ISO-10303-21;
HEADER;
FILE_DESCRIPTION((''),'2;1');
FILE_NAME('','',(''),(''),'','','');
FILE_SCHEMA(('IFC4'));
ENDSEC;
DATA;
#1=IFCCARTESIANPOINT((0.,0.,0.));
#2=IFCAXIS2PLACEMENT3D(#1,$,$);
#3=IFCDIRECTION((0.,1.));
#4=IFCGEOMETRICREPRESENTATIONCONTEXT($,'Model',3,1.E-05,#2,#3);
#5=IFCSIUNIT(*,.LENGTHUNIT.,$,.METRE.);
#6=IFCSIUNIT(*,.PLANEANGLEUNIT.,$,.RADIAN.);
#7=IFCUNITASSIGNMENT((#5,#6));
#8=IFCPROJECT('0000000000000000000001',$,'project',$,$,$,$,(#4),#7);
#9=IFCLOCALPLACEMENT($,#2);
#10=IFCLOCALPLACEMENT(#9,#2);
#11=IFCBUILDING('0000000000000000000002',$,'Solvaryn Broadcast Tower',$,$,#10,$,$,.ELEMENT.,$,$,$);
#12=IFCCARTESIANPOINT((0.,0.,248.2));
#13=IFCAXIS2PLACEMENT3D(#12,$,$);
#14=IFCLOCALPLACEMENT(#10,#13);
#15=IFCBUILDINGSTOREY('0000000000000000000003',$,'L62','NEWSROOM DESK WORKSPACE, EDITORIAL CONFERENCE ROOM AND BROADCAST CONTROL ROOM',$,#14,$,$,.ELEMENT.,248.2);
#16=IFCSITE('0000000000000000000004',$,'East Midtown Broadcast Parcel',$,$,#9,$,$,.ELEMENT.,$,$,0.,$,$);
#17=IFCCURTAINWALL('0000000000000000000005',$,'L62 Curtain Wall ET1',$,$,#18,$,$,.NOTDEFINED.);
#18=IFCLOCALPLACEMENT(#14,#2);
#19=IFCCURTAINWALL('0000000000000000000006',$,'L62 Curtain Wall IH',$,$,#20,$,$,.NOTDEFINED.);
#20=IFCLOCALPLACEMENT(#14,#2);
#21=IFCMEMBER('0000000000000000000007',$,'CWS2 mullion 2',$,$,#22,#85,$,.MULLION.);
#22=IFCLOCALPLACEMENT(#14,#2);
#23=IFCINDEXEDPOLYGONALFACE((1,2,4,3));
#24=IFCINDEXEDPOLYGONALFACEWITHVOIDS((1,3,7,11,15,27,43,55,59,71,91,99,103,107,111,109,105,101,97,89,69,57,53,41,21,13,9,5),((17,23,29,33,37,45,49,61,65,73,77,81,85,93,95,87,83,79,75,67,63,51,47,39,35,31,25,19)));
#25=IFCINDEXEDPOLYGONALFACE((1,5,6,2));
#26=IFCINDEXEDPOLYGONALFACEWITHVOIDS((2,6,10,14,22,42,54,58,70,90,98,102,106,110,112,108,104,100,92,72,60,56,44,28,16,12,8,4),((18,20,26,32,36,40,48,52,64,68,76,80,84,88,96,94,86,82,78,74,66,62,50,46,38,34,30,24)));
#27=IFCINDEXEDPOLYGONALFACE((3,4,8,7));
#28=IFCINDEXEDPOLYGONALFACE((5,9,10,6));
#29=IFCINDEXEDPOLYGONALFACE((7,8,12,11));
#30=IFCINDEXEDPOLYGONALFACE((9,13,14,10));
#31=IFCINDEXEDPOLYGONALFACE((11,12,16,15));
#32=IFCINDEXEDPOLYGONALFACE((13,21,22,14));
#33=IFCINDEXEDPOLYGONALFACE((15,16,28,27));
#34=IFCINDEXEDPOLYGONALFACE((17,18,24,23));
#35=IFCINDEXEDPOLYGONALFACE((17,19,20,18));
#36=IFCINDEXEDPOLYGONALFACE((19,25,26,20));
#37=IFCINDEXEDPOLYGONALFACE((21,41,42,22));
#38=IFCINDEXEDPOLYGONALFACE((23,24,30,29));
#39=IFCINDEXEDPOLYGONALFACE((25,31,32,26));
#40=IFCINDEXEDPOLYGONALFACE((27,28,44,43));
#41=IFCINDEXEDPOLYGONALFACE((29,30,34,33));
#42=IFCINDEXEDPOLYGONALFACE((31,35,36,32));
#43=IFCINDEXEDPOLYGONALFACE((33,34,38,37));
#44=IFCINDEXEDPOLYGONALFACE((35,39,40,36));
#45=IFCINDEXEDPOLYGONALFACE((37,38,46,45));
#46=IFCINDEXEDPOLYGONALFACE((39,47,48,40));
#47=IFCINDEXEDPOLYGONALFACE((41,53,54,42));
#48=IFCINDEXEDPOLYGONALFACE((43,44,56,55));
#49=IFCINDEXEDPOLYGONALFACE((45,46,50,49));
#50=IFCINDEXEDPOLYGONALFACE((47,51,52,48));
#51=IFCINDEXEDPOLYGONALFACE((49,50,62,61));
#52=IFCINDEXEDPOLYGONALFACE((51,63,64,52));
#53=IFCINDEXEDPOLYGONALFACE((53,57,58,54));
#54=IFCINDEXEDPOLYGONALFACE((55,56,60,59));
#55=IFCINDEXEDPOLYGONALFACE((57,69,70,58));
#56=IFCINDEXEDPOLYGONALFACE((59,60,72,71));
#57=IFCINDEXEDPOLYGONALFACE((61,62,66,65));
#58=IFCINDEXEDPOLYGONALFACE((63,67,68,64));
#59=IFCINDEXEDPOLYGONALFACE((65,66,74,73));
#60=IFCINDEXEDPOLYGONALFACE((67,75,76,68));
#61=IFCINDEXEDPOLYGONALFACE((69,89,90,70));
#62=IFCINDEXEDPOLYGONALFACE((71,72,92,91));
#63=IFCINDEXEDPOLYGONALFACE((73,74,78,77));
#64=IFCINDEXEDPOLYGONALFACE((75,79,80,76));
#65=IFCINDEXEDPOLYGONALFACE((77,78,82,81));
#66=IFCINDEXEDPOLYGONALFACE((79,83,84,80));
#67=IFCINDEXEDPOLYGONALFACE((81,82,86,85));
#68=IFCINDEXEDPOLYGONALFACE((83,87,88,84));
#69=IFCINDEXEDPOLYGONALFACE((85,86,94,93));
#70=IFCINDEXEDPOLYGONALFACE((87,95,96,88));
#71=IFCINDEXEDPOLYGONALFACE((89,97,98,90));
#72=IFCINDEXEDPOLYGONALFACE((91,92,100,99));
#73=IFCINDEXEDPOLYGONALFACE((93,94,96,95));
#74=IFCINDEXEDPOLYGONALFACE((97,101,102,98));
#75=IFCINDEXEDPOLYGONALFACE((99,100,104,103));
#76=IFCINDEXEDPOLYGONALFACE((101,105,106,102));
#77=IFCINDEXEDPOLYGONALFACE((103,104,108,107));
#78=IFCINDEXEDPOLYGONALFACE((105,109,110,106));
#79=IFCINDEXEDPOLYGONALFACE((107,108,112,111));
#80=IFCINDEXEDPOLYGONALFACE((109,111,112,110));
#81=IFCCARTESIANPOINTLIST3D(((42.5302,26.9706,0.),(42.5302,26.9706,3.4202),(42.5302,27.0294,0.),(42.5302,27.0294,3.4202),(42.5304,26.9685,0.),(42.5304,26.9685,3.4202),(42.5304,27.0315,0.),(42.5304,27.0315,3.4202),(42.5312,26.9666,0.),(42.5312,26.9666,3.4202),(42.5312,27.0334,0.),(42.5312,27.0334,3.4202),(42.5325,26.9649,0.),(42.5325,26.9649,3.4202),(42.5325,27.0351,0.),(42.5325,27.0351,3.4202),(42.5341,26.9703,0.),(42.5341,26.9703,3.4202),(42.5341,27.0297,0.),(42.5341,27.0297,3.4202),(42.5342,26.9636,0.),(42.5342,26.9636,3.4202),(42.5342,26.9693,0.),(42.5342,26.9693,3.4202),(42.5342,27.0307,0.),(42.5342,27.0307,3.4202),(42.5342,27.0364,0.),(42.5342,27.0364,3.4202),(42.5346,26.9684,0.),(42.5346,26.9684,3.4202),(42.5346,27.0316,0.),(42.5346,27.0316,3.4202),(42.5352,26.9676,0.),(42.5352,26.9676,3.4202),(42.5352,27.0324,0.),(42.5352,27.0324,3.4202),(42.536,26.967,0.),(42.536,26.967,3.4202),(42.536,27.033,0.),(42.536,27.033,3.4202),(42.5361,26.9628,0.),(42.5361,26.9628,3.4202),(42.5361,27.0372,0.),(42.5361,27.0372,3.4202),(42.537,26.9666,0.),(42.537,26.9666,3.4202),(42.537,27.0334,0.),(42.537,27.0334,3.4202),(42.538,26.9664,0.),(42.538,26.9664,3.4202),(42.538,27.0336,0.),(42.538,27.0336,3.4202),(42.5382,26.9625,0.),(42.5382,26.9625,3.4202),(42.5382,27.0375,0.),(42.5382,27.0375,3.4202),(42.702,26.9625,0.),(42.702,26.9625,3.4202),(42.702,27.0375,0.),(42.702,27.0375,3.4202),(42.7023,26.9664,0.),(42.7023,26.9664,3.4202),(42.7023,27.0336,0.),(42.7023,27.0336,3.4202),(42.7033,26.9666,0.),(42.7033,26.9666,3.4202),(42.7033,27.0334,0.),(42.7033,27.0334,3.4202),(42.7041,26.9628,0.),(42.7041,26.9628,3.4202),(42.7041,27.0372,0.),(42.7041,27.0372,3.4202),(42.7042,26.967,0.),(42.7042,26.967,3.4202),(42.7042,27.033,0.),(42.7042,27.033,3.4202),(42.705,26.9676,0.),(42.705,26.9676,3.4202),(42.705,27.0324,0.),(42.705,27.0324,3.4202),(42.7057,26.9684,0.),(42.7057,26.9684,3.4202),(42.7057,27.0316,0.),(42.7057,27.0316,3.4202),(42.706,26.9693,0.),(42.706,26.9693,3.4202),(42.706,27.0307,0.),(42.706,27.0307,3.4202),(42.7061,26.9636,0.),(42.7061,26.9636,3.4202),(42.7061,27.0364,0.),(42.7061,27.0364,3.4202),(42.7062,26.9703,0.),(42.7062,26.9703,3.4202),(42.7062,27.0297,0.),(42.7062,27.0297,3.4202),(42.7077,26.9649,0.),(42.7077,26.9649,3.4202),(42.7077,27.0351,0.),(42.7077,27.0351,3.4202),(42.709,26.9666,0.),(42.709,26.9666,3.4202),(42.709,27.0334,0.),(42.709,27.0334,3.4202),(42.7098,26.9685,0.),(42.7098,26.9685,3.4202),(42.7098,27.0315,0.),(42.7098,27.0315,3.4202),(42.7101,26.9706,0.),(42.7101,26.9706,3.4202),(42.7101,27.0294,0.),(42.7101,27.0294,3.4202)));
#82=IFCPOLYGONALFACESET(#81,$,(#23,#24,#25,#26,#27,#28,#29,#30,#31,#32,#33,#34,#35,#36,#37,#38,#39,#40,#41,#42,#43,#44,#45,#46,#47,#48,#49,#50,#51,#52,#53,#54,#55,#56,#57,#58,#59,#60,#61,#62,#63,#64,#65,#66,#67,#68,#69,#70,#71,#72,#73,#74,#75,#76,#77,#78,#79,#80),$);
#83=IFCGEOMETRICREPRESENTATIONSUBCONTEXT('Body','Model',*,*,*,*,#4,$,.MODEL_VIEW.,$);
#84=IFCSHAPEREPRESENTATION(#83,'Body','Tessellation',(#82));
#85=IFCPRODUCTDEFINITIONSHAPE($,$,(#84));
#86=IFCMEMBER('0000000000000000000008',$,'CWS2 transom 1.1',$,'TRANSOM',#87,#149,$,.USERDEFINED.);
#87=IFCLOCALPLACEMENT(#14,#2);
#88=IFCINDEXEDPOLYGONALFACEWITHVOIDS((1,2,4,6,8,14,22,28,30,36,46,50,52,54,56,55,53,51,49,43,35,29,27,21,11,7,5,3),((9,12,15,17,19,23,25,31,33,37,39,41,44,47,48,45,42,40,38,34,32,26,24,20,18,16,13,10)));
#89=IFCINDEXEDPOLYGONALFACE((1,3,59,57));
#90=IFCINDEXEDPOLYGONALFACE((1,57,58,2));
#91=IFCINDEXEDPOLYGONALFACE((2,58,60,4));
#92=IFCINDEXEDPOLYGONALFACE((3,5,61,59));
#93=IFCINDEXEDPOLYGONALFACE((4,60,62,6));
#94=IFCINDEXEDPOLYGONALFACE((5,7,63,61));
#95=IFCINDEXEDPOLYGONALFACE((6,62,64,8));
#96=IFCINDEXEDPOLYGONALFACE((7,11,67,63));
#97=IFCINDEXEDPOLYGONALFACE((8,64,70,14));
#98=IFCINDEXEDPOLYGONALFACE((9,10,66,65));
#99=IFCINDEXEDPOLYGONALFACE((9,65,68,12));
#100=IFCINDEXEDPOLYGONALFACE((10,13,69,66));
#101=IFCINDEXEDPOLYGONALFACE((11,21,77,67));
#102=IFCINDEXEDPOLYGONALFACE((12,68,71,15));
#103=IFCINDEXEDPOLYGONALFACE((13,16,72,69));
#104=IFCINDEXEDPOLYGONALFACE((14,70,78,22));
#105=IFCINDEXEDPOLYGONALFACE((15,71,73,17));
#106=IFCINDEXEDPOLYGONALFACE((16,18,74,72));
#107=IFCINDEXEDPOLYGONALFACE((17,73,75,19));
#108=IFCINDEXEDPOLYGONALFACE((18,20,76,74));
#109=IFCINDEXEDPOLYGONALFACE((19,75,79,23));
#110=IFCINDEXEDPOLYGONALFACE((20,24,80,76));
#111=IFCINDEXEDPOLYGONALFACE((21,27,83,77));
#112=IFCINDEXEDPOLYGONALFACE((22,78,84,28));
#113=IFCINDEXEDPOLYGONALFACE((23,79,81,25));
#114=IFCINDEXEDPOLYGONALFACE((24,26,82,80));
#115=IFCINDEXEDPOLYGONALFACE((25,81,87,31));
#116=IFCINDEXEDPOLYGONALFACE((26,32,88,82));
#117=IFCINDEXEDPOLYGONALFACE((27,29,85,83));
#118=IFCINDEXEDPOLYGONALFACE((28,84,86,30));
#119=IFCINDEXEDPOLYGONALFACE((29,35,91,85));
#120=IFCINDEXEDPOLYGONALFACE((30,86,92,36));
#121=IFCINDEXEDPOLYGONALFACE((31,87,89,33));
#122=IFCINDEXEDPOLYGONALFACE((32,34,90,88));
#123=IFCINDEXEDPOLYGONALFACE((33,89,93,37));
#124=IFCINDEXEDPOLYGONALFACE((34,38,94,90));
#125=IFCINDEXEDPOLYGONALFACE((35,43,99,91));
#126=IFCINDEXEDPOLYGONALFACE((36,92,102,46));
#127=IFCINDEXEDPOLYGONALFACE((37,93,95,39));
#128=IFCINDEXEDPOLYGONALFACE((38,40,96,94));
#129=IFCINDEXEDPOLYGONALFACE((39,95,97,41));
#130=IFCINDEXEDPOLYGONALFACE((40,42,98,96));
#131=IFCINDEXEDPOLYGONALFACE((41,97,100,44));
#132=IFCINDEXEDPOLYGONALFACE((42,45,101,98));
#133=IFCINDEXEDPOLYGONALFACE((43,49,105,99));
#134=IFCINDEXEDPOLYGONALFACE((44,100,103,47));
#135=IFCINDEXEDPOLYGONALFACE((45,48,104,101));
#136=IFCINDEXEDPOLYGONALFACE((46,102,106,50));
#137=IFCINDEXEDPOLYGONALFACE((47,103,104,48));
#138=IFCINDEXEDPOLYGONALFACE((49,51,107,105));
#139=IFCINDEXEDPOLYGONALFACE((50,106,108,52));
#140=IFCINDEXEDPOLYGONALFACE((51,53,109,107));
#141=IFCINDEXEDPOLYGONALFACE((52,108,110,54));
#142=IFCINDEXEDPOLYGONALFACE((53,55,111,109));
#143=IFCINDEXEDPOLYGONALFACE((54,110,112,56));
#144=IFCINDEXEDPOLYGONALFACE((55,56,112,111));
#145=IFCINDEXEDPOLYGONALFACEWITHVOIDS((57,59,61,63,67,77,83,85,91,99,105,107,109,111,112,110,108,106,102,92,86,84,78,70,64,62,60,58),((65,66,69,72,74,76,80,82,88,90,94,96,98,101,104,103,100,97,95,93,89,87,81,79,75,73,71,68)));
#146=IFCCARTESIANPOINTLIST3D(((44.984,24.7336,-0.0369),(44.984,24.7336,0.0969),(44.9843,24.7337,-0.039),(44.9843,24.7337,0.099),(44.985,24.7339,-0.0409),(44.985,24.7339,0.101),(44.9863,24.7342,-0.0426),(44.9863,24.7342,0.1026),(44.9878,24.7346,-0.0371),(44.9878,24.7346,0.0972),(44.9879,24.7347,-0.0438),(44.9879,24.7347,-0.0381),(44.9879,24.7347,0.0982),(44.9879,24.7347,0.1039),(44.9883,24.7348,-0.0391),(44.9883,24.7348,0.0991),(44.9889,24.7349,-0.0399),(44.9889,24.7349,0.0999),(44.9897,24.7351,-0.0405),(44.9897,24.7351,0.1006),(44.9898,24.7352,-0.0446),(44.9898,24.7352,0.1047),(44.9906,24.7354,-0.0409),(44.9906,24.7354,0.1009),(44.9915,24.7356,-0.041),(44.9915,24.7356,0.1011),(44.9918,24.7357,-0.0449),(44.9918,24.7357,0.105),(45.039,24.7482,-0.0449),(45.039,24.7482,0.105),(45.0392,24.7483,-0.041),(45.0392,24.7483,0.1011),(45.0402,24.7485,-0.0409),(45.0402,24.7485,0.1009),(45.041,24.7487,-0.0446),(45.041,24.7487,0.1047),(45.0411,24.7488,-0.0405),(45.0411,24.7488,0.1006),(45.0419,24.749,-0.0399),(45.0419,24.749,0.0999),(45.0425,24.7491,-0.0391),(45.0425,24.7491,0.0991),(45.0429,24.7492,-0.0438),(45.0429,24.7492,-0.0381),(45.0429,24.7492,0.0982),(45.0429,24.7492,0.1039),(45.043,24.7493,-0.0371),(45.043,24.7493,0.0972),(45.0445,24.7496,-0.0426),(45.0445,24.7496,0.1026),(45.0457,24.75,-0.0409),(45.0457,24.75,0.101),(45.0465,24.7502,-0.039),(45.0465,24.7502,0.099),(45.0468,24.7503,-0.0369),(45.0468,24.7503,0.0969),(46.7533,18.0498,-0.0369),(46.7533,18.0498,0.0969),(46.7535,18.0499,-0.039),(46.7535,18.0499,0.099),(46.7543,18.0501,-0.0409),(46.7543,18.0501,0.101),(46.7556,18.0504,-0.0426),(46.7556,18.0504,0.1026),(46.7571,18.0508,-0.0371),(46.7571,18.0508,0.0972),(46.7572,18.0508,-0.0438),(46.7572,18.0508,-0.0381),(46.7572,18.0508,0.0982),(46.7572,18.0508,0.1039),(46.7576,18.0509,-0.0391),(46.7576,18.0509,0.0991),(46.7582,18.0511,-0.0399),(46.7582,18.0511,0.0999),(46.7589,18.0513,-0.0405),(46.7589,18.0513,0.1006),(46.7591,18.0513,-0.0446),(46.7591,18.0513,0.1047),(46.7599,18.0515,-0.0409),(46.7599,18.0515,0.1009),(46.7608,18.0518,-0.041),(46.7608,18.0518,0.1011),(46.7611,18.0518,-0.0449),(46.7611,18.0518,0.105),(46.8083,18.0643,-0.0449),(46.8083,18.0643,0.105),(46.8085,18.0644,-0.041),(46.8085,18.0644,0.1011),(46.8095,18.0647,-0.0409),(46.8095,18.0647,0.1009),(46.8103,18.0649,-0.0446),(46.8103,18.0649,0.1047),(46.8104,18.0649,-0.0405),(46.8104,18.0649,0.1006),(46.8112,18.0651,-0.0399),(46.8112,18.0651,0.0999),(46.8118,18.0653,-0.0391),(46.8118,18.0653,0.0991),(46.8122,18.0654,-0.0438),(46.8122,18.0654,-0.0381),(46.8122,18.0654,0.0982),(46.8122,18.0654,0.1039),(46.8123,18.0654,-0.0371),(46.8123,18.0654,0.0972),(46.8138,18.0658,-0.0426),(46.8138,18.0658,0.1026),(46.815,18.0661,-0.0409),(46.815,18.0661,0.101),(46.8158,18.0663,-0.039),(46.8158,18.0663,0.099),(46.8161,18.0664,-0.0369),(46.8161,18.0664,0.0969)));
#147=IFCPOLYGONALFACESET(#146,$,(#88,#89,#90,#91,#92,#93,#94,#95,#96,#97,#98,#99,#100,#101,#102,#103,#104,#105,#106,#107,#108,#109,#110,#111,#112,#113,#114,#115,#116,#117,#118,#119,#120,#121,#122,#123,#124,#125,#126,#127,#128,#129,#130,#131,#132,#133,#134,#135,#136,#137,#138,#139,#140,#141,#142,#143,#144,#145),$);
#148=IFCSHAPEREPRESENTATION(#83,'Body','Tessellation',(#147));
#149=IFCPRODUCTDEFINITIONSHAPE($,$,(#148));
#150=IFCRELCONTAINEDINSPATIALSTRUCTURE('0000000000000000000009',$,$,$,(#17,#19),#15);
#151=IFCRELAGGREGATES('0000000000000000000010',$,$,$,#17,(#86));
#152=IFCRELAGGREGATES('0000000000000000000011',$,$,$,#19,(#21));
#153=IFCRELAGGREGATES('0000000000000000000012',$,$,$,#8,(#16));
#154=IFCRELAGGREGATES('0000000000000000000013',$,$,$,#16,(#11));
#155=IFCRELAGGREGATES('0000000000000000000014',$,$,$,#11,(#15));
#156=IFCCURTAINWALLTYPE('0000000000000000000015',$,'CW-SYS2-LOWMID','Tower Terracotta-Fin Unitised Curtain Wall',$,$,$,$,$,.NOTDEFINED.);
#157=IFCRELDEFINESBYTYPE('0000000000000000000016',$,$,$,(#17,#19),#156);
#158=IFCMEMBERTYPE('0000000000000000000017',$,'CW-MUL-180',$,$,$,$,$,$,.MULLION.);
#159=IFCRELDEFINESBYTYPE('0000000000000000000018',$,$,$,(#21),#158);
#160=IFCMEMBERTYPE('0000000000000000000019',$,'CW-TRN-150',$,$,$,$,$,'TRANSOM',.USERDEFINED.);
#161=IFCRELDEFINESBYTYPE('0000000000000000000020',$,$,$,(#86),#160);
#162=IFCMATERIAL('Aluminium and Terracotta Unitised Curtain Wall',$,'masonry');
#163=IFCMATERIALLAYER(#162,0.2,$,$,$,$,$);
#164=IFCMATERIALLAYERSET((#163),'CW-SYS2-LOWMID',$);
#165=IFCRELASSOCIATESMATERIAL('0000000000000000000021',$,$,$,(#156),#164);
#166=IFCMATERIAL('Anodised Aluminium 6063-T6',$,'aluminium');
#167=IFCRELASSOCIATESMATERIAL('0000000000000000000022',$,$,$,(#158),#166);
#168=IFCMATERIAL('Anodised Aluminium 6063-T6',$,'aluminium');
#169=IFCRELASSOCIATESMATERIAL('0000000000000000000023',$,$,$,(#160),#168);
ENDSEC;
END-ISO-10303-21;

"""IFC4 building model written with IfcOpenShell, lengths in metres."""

from ifc_helpers import new_model, si_unit, direction, frame, origin, origin_2d, place, context, subcontext, project, spatial, hollow_rectangle, extrude, material, layer, layer_set, material_profile, profile_set, type_object, element, aggregate, save


model = new_model("IFC4")

# Units and contexts
model_context = context("Model", 3, precision=1e-05, world=origin(), true_north=direction((0.0, 1.0)))
body_context = subcontext(model_context, "Body", "Model", "MODEL_VIEW")
ifc_project = project(units=[si_unit("LENGTHUNIT", "METRE"), si_unit("PLANEANGLEUNIT", "RADIAN")], contexts=[model_context])

# Site, building, storey
site_placement = place(None, origin())
site = spatial("IfcSite", under=ifc_project, at=site_placement, Name="East Midtown Broadcast Parcel", CompositionType="ELEMENT", RefElevation=0.0)
building_placement = place(site_placement, origin())
building = spatial("IfcBuilding", under=site, at=building_placement, Name="Solvaryn Broadcast Tower", CompositionType="ELEMENT")
storey_placement = place(building_placement, frame((0.0, 0.0, 248.2)))
storey = spatial("IfcBuildingStorey", under=building, at=storey_placement, Name="L62", Description="NEWSROOM DESK WORKSPACE, EDITORIAL CONFERENCE ROOM AND BROADCAST CONTROL ROOM", CompositionType="ELEMENT", Elevation=248.2)

# Curtain wall
ifc_material_1 = material(Name="Aluminium and Terracotta Unitised Curtain Wall", Category="masonry")
ifc_layer_1 = layer(ifc_material_1, 0.2)
ifc_layer_set_1 = layer_set([ifc_layer_1], Name="CW-SYS2-LOWMID")
curtain_wall_type = type_object("IfcCurtainWallType", Name="CW-SYS2-LOWMID", Description="Tower Terracotta-Fin Unitised Curtain Wall", PredefinedType="NOTDEFINED", material=ifc_layer_set_1)
curtain_wall_1_placement = place(storey_placement, origin())
curtain_wall_1 = element("IfcCurtainWall", 1, at=curtain_wall_1_placement, inside=storey, type_object=curtain_wall_type, Name="L62 Curtain Wall ET1", PredefinedType="NOTDEFINED")
ifc_material_2 = material(Name="Anodised Aluminium 6063-T6", Category="aluminium")
ifc_material_profile_1 = material_profile(ifc_material_2, hollow_rectangle(XDim=0.075, YDim=0.1799, WallThickness=0.0039, InnerFilletRadius=0.0039, OuterFilletRadius=0.0081, at=origin_2d()))
ifc_profile_set_1 = profile_set([ifc_material_profile_1], Name="Anodised Aluminium 6063-T6")
member_type_1 = type_object("IfcMemberType", Name="CW-MUL-180", PredefinedType="MULLION", material=ifc_profile_set_1)

# Curtain wall, member
curtain_wall_2_placement = place(storey_placement, origin())
curtain_wall_2 = element("IfcCurtainWall", 2, at=curtain_wall_2_placement, inside=storey, type_object=curtain_wall_type, Name="L62 Curtain Wall IH", PredefinedType="NOTDEFINED")
member_1_placement = place(storey_placement, frame((42.6201, 27.0, 0.0), z_axis=(0.0, 0.0, 1.0), x_axis=(0.0, 1.0, 0.0)))
member_1 = element("IfcMember", 3, at=member_1_placement, type_object=member_type_1, Name="CWS2 mullion 2", PredefinedType="MULLION", context=body_context, shape_type="SweptSolid", body=[
    extrude(hollow_rectangle(XDim=0.075, YDim=0.1799, WallThickness=0.0039, InnerFilletRadius=0.0039, OuterFilletRadius=0.0081, at=origin_2d()), origin(), (0.0, 0.0, 1.0), 3.4202),
])

# Member
ifc_material_3 = material(Name="Anodised Aluminium 6063-T6", Category="aluminium")
ifc_material_profile_2 = material_profile(ifc_material_3, hollow_rectangle(XDim=0.0649, YDim=0.1499, WallThickness=0.0039, InnerFilletRadius=0.0039, OuterFilletRadius=0.0081, at=origin_2d()))
ifc_profile_set_2 = profile_set([ifc_material_profile_2], Name="Anodised Aluminium 6063-T6")
member_type_2 = type_object("IfcMemberType", Name="CW-TRN-150", ElementType="TRANSOM", PredefinedType="USERDEFINED", material=ifc_profile_set_2)
member_2_placement = place(storey_placement, frame((45.0154, 24.7419, 0.03), z_axis=(0.255897, -0.966704, 0.0), x_axis=(0.966704, 0.255897, 0.0)))
member_2 = element("IfcMember", 4, at=member_2_placement, type_object=member_type_2, Name="CWS2 transom 1.1", ObjectType="TRANSOM", PredefinedType="USERDEFINED", context=body_context, shape_type="SweptSolid", body=[
    extrude(hollow_rectangle(XDim=0.0649, YDim=0.1499, WallThickness=0.0039, InnerFilletRadius=0.0039, OuterFilletRadius=0.0081, at=origin_2d()), origin(), (0.0, 0.0, 1.0), 6.9141),
])
aggregate(curtain_wall_1, [member_2])

aggregate(curtain_wall_2, [member_1])

save(model, "model.ifc")
